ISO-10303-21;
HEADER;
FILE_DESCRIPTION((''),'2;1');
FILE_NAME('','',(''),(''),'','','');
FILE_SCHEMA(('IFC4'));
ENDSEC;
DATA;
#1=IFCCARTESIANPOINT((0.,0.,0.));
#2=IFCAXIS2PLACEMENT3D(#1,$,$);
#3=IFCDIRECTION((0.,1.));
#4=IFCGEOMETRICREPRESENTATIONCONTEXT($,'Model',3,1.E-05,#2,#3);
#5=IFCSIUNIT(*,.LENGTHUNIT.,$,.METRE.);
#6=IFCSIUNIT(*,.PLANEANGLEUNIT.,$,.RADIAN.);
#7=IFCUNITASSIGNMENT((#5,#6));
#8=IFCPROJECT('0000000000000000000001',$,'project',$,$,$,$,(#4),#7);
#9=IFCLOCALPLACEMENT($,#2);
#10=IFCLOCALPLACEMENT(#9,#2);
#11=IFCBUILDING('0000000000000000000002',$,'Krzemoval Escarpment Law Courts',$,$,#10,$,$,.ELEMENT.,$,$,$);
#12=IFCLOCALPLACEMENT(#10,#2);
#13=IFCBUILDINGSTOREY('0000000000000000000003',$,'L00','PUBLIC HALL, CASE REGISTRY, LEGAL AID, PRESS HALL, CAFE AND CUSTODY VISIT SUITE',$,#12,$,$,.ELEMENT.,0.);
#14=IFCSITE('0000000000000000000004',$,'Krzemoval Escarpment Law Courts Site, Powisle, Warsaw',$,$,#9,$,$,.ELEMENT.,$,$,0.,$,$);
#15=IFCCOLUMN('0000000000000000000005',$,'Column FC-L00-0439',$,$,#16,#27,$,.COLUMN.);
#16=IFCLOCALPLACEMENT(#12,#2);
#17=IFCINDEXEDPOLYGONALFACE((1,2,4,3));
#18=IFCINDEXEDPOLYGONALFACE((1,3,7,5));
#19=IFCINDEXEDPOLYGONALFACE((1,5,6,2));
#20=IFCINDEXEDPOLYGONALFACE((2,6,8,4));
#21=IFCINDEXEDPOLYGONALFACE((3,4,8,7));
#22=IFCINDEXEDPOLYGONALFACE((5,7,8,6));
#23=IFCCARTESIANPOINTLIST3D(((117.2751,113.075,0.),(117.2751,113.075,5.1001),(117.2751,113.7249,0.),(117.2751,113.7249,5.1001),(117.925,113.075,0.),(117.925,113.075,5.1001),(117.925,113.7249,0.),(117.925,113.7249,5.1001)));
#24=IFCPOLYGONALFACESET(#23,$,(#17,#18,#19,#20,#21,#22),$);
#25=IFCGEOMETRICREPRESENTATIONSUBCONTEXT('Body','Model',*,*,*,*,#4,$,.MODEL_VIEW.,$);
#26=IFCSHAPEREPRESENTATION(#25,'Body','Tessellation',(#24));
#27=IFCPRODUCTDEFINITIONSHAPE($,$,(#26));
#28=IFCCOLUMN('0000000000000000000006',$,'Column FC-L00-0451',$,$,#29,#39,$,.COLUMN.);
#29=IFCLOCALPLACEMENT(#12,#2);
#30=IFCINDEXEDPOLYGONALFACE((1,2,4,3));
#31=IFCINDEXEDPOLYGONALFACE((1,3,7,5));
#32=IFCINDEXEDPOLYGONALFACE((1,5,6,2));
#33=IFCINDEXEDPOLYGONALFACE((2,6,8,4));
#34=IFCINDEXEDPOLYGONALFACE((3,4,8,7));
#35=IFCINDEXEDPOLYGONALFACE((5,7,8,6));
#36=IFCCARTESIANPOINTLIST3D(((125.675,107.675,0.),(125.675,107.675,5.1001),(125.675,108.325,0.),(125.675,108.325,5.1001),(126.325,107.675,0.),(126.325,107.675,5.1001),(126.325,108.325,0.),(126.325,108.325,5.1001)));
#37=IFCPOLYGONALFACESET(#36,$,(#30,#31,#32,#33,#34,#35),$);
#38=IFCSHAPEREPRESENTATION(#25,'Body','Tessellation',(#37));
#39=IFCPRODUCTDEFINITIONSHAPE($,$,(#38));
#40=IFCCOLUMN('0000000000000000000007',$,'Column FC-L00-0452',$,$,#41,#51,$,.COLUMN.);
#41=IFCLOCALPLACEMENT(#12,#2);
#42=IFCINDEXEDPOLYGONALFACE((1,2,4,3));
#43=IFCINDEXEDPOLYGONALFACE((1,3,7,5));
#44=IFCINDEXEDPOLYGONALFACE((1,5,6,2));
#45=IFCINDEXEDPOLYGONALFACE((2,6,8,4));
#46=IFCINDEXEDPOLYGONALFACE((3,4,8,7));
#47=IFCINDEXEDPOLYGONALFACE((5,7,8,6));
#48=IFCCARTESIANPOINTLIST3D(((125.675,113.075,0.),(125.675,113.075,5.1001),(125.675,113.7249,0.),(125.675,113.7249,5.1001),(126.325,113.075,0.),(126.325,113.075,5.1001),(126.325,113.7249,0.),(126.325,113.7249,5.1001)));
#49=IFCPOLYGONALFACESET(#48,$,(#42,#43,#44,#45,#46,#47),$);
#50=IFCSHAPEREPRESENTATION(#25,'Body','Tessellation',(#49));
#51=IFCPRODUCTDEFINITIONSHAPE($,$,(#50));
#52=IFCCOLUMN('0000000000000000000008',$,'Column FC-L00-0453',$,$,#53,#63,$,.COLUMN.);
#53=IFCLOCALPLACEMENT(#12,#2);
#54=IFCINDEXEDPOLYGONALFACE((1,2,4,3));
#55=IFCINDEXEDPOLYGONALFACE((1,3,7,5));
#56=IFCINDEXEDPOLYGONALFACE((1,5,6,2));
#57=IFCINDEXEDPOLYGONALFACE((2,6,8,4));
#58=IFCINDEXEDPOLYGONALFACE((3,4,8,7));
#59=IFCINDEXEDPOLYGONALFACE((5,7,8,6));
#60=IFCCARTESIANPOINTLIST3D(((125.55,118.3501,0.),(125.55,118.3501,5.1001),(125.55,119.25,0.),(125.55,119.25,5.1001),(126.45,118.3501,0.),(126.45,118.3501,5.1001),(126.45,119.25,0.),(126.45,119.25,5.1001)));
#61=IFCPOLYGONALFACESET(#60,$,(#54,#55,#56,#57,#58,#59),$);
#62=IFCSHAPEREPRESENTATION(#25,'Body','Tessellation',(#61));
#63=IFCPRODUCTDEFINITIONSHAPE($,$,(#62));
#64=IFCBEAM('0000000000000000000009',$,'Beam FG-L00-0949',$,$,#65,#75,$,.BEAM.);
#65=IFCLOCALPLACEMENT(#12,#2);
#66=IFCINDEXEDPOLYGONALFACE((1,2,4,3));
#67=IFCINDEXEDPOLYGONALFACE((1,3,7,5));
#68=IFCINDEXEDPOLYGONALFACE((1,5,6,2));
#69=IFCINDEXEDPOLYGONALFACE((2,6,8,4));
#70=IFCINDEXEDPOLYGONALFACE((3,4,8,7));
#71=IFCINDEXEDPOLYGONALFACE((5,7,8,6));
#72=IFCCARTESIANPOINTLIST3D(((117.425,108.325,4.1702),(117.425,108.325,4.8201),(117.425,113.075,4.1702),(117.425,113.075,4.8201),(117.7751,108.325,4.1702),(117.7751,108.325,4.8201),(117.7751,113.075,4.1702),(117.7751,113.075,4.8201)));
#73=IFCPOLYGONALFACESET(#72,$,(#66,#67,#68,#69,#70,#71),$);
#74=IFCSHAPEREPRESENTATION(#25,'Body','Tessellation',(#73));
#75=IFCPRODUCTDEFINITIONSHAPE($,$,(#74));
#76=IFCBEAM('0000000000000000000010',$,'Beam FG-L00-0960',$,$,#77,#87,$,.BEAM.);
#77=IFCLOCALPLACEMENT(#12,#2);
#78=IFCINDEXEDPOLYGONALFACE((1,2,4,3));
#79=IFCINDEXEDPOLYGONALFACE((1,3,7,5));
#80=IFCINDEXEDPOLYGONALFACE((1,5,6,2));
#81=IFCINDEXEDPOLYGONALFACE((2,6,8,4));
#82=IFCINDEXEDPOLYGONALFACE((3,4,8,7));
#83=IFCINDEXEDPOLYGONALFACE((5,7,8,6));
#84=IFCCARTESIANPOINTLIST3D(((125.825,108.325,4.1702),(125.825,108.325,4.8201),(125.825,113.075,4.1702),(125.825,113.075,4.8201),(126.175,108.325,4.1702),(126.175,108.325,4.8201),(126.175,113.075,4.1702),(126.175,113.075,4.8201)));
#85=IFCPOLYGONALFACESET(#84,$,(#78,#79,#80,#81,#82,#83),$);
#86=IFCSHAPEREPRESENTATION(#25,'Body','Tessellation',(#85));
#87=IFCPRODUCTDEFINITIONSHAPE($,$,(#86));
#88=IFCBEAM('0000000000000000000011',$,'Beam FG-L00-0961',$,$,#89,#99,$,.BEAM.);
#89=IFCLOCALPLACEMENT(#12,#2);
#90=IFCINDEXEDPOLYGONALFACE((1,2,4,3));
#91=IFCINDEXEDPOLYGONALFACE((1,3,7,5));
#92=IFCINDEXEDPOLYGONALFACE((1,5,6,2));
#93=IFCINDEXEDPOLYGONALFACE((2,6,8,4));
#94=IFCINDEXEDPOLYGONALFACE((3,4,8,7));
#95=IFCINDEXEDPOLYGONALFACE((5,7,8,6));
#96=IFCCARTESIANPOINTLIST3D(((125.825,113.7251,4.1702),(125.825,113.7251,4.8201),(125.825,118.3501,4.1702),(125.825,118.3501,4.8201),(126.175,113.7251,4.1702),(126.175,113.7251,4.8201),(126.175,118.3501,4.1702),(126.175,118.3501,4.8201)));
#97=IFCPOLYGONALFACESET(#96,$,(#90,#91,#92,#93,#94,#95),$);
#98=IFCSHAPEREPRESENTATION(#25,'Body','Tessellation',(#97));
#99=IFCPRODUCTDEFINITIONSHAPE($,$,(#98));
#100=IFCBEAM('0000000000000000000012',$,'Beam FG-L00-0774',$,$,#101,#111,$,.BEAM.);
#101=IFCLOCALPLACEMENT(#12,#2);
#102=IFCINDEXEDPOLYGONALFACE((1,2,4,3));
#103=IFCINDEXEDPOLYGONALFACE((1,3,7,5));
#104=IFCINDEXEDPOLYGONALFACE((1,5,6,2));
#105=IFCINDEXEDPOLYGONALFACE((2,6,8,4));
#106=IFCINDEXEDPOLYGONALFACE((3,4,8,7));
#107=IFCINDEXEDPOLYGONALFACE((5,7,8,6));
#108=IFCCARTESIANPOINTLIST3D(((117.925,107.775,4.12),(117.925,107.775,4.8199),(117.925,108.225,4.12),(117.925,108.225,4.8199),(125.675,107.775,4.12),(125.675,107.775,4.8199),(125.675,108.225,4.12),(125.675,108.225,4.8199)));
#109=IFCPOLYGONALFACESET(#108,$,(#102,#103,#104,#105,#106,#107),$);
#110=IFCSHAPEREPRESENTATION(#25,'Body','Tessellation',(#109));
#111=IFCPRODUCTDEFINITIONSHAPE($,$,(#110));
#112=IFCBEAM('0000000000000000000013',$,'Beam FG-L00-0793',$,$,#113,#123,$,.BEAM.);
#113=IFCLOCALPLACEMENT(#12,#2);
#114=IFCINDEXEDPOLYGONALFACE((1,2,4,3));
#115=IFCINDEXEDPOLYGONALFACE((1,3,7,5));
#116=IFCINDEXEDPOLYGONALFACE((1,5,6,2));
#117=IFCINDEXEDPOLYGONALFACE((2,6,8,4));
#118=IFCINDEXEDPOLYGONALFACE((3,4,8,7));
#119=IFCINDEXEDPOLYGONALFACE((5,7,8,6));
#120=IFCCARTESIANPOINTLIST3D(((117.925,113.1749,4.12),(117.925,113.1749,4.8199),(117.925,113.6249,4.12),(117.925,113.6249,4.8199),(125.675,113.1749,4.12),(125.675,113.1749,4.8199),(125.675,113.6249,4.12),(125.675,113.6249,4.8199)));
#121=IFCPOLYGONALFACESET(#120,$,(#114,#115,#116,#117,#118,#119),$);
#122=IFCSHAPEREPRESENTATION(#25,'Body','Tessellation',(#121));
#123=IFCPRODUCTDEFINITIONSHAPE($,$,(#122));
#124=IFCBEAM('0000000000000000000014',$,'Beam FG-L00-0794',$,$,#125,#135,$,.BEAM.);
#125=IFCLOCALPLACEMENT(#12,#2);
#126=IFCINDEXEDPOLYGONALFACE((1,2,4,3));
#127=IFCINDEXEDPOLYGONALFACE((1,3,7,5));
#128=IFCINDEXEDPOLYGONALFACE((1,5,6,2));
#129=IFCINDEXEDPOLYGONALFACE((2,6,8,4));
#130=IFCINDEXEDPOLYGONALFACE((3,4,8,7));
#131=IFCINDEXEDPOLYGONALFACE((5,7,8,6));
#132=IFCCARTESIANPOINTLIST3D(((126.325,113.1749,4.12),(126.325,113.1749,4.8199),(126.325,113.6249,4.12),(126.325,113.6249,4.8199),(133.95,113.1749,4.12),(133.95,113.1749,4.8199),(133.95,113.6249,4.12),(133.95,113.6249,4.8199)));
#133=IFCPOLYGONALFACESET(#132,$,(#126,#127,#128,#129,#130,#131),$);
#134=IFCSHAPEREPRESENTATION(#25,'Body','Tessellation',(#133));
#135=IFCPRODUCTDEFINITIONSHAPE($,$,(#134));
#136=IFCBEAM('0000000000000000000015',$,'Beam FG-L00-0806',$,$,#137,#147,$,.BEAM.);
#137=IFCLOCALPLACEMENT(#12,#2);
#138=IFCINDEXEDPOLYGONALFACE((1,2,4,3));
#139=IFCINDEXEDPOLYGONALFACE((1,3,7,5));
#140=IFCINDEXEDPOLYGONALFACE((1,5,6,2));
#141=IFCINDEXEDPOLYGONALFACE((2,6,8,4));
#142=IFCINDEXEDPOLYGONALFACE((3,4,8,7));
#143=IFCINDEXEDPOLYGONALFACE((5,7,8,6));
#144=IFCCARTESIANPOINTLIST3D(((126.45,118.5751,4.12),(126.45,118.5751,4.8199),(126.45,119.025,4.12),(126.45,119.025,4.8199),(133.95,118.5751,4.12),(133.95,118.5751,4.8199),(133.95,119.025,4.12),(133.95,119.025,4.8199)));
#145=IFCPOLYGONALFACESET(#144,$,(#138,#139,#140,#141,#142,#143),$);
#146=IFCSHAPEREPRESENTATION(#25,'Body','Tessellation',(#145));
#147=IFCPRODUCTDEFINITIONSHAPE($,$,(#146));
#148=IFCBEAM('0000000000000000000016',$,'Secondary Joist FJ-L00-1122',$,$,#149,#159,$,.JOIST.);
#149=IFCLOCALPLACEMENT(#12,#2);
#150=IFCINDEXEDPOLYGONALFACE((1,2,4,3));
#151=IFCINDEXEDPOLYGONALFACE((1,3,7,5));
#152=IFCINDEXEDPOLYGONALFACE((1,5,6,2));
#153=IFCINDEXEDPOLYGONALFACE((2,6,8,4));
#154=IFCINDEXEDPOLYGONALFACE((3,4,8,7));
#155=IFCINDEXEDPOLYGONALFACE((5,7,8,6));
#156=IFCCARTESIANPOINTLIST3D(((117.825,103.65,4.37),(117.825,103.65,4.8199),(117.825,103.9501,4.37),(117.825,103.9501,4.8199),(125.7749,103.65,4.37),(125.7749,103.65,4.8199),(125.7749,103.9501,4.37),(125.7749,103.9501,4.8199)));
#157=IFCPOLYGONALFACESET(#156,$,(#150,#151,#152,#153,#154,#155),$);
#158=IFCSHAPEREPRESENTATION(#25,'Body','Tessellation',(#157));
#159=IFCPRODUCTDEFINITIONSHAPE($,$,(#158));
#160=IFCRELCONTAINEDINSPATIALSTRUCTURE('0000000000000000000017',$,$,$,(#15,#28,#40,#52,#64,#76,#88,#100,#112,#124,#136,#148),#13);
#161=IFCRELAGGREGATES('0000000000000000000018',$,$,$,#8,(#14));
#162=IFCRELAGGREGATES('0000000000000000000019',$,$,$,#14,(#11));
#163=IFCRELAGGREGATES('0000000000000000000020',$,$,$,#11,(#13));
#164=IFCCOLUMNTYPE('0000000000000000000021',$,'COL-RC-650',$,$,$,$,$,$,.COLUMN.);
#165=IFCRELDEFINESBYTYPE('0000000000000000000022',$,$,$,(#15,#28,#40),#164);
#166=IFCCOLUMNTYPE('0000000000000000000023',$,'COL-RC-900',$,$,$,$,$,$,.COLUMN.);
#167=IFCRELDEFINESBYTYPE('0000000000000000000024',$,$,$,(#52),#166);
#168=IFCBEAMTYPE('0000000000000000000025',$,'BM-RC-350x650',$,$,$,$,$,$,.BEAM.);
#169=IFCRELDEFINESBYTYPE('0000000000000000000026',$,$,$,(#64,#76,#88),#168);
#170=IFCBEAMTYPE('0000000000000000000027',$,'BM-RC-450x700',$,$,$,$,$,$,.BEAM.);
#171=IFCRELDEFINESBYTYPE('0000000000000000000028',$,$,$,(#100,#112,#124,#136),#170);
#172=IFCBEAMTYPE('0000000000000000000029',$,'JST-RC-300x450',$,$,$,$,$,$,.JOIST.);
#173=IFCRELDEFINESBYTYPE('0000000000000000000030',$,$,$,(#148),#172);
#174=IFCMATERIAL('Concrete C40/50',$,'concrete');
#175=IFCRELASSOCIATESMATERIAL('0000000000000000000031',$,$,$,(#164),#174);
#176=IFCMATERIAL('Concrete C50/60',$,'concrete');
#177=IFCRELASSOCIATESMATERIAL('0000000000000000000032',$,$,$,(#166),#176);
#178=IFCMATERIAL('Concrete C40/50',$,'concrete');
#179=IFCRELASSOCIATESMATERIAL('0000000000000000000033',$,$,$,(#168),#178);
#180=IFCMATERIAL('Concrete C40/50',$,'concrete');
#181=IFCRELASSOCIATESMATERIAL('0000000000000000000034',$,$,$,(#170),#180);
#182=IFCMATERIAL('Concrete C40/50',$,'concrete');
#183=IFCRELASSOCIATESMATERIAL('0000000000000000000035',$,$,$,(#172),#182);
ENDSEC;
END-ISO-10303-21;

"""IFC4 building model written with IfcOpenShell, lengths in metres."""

from ifc_helpers import new_model, si_unit, direction, frame, origin, origin_2d, place, context, subcontext, project, spatial, rectangle, extrude, material, material_profile, profile_set, type_object, element, save


model = new_model("IFC4")

# Units and contexts
model_context = context("Model", 3, precision=1e-05, world=origin(), true_north=direction((0.0, 1.0)))
body_context = subcontext(model_context, "Body", "Model", "MODEL_VIEW")
ifc_project = project(units=[si_unit("LENGTHUNIT", "METRE"), si_unit("PLANEANGLEUNIT", "RADIAN")], contexts=[model_context])

# Site, building, storey
site_placement = place(None, origin())
site = spatial("IfcSite", under=ifc_project, at=site_placement, Name="Krzemoval Escarpment Law Courts Site, Powisle, Warsaw", CompositionType="ELEMENT", RefElevation=0.0)
building_placement = place(site_placement, origin())
building = spatial("IfcBuilding", under=site, at=building_placement, Name="Krzemoval Escarpment Law Courts", CompositionType="ELEMENT")
storey_placement = place(building_placement, origin())
storey = spatial("IfcBuildingStorey", under=building, at=storey_placement, Name="L00", Description="PUBLIC HALL, CASE REGISTRY, LEGAL AID, PRESS HALL, CAFE AND CUSTODY VISIT SUITE", CompositionType="ELEMENT", Elevation=0.0)

# Columns
ifc_material_1 = material(Name="Concrete C40/50", Category="concrete")
ifc_material_profile_1 = material_profile(ifc_material_1, rectangle(XDim=0.6499, YDim=0.6499, at=origin_2d()), Name="RC 650x650")
ifc_profile_set_1 = profile_set([ifc_material_profile_1], Name="Concrete C40/50")
column_type_1 = type_object("IfcColumnType", Name="COL-RC-650", PredefinedType="COLUMN", material=ifc_profile_set_1)
for number, where, z_axis, x_axis, name in (
    (1, (117.6001, 113.3999, 0.0), (0.0, 0.0, 1.0), (1.0, 0.0, 0.0), "Column FC-L00-0439"),
    (2, (126.0, 108.0, 0.0), (0.0, 0.0, 1.0), (1.0, 0.0, 0.0), "Column FC-L00-0451"),
    (3, (126.0, 113.3999, 0.0), (0.0, 0.0, 1.0), (1.0, 0.0, 0.0), "Column FC-L00-0452"),
):
    element("IfcColumn", number, at=place(storey_placement, frame(where, z_axis=z_axis, x_axis=x_axis)), inside=storey, type_object=column_type_1, Name=name, PredefinedType="COLUMN", context=body_context, shape_type="SweptSolid", body=[
        extrude(rectangle(XDim=0.6499, YDim=0.6499, at=origin_2d()), origin(), (0.0, 0.0, 1.0), 5.1001),
    ])
ifc_material_2 = material(Name="Concrete C50/60", Category="concrete")
ifc_material_profile_2 = material_profile(ifc_material_2, rectangle(XDim=0.8999, YDim=0.8999, at=origin_2d()), Name="RC 900x900")
ifc_profile_set_2 = profile_set([ifc_material_profile_2], Name="Concrete C50/60")
column_type_2 = type_object("IfcColumnType", Name="COL-RC-900", PredefinedType="COLUMN", material=ifc_profile_set_2)
column_placement = place(storey_placement, frame((126.0, 118.8, 0.0), z_axis=(0.0, 0.0, 1.0), x_axis=(1.0, 0.0, 0.0)))
element("IfcColumn", 4, at=column_placement, inside=storey, type_object=column_type_2, Name="Column FC-L00-0453", PredefinedType="COLUMN", context=body_context, shape_type="SweptSolid", body=[
    extrude(rectangle(XDim=0.8999, YDim=0.8999, at=origin_2d()), origin(), (0.0, 0.0, 1.0), 5.1001),
])

# Beams
ifc_material_3 = material(Name="Concrete C40/50", Category="concrete")
ifc_material_profile_3 = material_profile(ifc_material_3, rectangle(XDim=0.3501, YDim=0.6499, at=origin_2d()), Name="RCB 350x650")
ifc_profile_set_3 = profile_set([ifc_material_profile_3], Name="Concrete C40/50")
beam_type_1 = type_object("IfcBeamType", Name="BM-RC-350x650", PredefinedType="BEAM", material=ifc_profile_set_3)
for number, where, z_axis, x_axis, name in (
    (5, (117.6001, 108.325, 4.4951), (0.0, 1.0, 0.0), (-1.0, 0.0, 0.0), "Beam FG-L00-0949"),
    (6, (126.0, 108.325, 4.4951), (0.0, 1.0, 0.0), (-1.0, 0.0, 0.0), "Beam FG-L00-0960"),
):
    element("IfcBeam", number, at=place(storey_placement, frame(where, z_axis=z_axis, x_axis=x_axis)), inside=storey, type_object=beam_type_1, Name=name, PredefinedType="BEAM", context=body_context, shape_type="SweptSolid", body=[
        extrude(rectangle(XDim=0.3501, YDim=0.6499, at=origin_2d()), origin(), (0.0, 0.0, 1.0), 4.75),
    ])
beam_1_placement = place(storey_placement, frame((126.0, 113.7251, 4.4951), z_axis=(0.0, 1.0, 0.0), x_axis=(-1.0, 0.0, 0.0)))
element("IfcBeam", 7, at=beam_1_placement, inside=storey, type_object=beam_type_1, Name="Beam FG-L00-0961", PredefinedType="BEAM", context=body_context, shape_type="SweptSolid", body=[
    extrude(rectangle(XDim=0.3501, YDim=0.6499, at=origin_2d()), origin(), (0.0, 0.0, 1.0), 4.625),
])
ifc_material_4 = material(Name="Concrete C40/50", Category="concrete")
ifc_material_profile_4 = material_profile(ifc_material_4, rectangle(XDim=0.45, YDim=0.7, at=origin_2d()), Name="RCB 450x700")
ifc_profile_set_4 = profile_set([ifc_material_profile_4], Name="Concrete C40/50")
beam_type_2 = type_object("IfcBeamType", Name="BM-RC-450x700", PredefinedType="BEAM", material=ifc_profile_set_4)
for number, where, z_axis, x_axis, name in (
    (8, (117.925, 108.0, 4.47), (1.0, 0.0, 0.0), (0.0, 1.0, 0.0), "Beam FG-L00-0774"),
    (9, (117.925, 113.3999, 4.47), (1.0, 0.0, 0.0), (0.0, 1.0, 0.0), "Beam FG-L00-0793"),
):
    element("IfcBeam", number, at=place(storey_placement, frame(where, z_axis=z_axis, x_axis=x_axis)), inside=storey, type_object=beam_type_2, Name=name, PredefinedType="BEAM", context=body_context, shape_type="SweptSolid", body=[
        extrude(rectangle(XDim=0.45, YDim=0.7, at=origin_2d()), origin(), (0.0, 0.0, 1.0), 7.75),
    ])
beam_2_placement = place(storey_placement, frame((126.325, 113.3999, 4.47), z_axis=(1.0, 0.0, 0.0), x_axis=(0.0, 1.0, 0.0)))
element("IfcBeam", 10, at=beam_2_placement, inside=storey, type_object=beam_type_2, Name="Beam FG-L00-0794", PredefinedType="BEAM", context=body_context, shape_type="SweptSolid", body=[
    extrude(rectangle(XDim=0.45, YDim=0.7, at=origin_2d()), origin(), (0.0, 0.0, 1.0), 7.625),
])
beam_3_placement = place(storey_placement, frame((126.45, 118.8, 4.47), z_axis=(1.0, 0.0, 0.0), x_axis=(0.0, 1.0, 0.0)))
element("IfcBeam", 11, at=beam_3_placement, inside=storey, type_object=beam_type_2, Name="Beam FG-L00-0806", PredefinedType="BEAM", context=body_context, shape_type="SweptSolid", body=[
    extrude(rectangle(XDim=0.45, YDim=0.7, at=origin_2d()), origin(), (0.0, 0.0, 1.0), 7.5),
])
ifc_material_5 = material(Name="Concrete C40/50", Category="concrete")
ifc_material_profile_5 = material_profile(ifc_material_5, rectangle(XDim=0.3, YDim=0.45, at=origin_2d()), Name="RCB 300x450")
ifc_profile_set_5 = profile_set([ifc_material_profile_5], Name="Concrete C40/50")
beam_type_3 = type_object("IfcBeamType", Name="JST-RC-300x450", PredefinedType="JOIST", material=ifc_profile_set_5)
beam_4_placement = place(storey_placement, frame((117.825, 103.8, 4.595), z_axis=(1.0, 0.0, 0.0), x_axis=(0.0, 1.0, 0.0)))
element("IfcBeam", 12, at=beam_4_placement, inside=storey, type_object=beam_type_3, Name="Secondary Joist FJ-L00-1122", PredefinedType="JOIST", context=body_context, shape_type="SweptSolid", body=[
    extrude(rectangle(XDim=0.3, YDim=0.45, at=origin_2d()), origin(), (0.0, 0.0, 1.0), 7.95),
])

save(model, "model.ifc")
